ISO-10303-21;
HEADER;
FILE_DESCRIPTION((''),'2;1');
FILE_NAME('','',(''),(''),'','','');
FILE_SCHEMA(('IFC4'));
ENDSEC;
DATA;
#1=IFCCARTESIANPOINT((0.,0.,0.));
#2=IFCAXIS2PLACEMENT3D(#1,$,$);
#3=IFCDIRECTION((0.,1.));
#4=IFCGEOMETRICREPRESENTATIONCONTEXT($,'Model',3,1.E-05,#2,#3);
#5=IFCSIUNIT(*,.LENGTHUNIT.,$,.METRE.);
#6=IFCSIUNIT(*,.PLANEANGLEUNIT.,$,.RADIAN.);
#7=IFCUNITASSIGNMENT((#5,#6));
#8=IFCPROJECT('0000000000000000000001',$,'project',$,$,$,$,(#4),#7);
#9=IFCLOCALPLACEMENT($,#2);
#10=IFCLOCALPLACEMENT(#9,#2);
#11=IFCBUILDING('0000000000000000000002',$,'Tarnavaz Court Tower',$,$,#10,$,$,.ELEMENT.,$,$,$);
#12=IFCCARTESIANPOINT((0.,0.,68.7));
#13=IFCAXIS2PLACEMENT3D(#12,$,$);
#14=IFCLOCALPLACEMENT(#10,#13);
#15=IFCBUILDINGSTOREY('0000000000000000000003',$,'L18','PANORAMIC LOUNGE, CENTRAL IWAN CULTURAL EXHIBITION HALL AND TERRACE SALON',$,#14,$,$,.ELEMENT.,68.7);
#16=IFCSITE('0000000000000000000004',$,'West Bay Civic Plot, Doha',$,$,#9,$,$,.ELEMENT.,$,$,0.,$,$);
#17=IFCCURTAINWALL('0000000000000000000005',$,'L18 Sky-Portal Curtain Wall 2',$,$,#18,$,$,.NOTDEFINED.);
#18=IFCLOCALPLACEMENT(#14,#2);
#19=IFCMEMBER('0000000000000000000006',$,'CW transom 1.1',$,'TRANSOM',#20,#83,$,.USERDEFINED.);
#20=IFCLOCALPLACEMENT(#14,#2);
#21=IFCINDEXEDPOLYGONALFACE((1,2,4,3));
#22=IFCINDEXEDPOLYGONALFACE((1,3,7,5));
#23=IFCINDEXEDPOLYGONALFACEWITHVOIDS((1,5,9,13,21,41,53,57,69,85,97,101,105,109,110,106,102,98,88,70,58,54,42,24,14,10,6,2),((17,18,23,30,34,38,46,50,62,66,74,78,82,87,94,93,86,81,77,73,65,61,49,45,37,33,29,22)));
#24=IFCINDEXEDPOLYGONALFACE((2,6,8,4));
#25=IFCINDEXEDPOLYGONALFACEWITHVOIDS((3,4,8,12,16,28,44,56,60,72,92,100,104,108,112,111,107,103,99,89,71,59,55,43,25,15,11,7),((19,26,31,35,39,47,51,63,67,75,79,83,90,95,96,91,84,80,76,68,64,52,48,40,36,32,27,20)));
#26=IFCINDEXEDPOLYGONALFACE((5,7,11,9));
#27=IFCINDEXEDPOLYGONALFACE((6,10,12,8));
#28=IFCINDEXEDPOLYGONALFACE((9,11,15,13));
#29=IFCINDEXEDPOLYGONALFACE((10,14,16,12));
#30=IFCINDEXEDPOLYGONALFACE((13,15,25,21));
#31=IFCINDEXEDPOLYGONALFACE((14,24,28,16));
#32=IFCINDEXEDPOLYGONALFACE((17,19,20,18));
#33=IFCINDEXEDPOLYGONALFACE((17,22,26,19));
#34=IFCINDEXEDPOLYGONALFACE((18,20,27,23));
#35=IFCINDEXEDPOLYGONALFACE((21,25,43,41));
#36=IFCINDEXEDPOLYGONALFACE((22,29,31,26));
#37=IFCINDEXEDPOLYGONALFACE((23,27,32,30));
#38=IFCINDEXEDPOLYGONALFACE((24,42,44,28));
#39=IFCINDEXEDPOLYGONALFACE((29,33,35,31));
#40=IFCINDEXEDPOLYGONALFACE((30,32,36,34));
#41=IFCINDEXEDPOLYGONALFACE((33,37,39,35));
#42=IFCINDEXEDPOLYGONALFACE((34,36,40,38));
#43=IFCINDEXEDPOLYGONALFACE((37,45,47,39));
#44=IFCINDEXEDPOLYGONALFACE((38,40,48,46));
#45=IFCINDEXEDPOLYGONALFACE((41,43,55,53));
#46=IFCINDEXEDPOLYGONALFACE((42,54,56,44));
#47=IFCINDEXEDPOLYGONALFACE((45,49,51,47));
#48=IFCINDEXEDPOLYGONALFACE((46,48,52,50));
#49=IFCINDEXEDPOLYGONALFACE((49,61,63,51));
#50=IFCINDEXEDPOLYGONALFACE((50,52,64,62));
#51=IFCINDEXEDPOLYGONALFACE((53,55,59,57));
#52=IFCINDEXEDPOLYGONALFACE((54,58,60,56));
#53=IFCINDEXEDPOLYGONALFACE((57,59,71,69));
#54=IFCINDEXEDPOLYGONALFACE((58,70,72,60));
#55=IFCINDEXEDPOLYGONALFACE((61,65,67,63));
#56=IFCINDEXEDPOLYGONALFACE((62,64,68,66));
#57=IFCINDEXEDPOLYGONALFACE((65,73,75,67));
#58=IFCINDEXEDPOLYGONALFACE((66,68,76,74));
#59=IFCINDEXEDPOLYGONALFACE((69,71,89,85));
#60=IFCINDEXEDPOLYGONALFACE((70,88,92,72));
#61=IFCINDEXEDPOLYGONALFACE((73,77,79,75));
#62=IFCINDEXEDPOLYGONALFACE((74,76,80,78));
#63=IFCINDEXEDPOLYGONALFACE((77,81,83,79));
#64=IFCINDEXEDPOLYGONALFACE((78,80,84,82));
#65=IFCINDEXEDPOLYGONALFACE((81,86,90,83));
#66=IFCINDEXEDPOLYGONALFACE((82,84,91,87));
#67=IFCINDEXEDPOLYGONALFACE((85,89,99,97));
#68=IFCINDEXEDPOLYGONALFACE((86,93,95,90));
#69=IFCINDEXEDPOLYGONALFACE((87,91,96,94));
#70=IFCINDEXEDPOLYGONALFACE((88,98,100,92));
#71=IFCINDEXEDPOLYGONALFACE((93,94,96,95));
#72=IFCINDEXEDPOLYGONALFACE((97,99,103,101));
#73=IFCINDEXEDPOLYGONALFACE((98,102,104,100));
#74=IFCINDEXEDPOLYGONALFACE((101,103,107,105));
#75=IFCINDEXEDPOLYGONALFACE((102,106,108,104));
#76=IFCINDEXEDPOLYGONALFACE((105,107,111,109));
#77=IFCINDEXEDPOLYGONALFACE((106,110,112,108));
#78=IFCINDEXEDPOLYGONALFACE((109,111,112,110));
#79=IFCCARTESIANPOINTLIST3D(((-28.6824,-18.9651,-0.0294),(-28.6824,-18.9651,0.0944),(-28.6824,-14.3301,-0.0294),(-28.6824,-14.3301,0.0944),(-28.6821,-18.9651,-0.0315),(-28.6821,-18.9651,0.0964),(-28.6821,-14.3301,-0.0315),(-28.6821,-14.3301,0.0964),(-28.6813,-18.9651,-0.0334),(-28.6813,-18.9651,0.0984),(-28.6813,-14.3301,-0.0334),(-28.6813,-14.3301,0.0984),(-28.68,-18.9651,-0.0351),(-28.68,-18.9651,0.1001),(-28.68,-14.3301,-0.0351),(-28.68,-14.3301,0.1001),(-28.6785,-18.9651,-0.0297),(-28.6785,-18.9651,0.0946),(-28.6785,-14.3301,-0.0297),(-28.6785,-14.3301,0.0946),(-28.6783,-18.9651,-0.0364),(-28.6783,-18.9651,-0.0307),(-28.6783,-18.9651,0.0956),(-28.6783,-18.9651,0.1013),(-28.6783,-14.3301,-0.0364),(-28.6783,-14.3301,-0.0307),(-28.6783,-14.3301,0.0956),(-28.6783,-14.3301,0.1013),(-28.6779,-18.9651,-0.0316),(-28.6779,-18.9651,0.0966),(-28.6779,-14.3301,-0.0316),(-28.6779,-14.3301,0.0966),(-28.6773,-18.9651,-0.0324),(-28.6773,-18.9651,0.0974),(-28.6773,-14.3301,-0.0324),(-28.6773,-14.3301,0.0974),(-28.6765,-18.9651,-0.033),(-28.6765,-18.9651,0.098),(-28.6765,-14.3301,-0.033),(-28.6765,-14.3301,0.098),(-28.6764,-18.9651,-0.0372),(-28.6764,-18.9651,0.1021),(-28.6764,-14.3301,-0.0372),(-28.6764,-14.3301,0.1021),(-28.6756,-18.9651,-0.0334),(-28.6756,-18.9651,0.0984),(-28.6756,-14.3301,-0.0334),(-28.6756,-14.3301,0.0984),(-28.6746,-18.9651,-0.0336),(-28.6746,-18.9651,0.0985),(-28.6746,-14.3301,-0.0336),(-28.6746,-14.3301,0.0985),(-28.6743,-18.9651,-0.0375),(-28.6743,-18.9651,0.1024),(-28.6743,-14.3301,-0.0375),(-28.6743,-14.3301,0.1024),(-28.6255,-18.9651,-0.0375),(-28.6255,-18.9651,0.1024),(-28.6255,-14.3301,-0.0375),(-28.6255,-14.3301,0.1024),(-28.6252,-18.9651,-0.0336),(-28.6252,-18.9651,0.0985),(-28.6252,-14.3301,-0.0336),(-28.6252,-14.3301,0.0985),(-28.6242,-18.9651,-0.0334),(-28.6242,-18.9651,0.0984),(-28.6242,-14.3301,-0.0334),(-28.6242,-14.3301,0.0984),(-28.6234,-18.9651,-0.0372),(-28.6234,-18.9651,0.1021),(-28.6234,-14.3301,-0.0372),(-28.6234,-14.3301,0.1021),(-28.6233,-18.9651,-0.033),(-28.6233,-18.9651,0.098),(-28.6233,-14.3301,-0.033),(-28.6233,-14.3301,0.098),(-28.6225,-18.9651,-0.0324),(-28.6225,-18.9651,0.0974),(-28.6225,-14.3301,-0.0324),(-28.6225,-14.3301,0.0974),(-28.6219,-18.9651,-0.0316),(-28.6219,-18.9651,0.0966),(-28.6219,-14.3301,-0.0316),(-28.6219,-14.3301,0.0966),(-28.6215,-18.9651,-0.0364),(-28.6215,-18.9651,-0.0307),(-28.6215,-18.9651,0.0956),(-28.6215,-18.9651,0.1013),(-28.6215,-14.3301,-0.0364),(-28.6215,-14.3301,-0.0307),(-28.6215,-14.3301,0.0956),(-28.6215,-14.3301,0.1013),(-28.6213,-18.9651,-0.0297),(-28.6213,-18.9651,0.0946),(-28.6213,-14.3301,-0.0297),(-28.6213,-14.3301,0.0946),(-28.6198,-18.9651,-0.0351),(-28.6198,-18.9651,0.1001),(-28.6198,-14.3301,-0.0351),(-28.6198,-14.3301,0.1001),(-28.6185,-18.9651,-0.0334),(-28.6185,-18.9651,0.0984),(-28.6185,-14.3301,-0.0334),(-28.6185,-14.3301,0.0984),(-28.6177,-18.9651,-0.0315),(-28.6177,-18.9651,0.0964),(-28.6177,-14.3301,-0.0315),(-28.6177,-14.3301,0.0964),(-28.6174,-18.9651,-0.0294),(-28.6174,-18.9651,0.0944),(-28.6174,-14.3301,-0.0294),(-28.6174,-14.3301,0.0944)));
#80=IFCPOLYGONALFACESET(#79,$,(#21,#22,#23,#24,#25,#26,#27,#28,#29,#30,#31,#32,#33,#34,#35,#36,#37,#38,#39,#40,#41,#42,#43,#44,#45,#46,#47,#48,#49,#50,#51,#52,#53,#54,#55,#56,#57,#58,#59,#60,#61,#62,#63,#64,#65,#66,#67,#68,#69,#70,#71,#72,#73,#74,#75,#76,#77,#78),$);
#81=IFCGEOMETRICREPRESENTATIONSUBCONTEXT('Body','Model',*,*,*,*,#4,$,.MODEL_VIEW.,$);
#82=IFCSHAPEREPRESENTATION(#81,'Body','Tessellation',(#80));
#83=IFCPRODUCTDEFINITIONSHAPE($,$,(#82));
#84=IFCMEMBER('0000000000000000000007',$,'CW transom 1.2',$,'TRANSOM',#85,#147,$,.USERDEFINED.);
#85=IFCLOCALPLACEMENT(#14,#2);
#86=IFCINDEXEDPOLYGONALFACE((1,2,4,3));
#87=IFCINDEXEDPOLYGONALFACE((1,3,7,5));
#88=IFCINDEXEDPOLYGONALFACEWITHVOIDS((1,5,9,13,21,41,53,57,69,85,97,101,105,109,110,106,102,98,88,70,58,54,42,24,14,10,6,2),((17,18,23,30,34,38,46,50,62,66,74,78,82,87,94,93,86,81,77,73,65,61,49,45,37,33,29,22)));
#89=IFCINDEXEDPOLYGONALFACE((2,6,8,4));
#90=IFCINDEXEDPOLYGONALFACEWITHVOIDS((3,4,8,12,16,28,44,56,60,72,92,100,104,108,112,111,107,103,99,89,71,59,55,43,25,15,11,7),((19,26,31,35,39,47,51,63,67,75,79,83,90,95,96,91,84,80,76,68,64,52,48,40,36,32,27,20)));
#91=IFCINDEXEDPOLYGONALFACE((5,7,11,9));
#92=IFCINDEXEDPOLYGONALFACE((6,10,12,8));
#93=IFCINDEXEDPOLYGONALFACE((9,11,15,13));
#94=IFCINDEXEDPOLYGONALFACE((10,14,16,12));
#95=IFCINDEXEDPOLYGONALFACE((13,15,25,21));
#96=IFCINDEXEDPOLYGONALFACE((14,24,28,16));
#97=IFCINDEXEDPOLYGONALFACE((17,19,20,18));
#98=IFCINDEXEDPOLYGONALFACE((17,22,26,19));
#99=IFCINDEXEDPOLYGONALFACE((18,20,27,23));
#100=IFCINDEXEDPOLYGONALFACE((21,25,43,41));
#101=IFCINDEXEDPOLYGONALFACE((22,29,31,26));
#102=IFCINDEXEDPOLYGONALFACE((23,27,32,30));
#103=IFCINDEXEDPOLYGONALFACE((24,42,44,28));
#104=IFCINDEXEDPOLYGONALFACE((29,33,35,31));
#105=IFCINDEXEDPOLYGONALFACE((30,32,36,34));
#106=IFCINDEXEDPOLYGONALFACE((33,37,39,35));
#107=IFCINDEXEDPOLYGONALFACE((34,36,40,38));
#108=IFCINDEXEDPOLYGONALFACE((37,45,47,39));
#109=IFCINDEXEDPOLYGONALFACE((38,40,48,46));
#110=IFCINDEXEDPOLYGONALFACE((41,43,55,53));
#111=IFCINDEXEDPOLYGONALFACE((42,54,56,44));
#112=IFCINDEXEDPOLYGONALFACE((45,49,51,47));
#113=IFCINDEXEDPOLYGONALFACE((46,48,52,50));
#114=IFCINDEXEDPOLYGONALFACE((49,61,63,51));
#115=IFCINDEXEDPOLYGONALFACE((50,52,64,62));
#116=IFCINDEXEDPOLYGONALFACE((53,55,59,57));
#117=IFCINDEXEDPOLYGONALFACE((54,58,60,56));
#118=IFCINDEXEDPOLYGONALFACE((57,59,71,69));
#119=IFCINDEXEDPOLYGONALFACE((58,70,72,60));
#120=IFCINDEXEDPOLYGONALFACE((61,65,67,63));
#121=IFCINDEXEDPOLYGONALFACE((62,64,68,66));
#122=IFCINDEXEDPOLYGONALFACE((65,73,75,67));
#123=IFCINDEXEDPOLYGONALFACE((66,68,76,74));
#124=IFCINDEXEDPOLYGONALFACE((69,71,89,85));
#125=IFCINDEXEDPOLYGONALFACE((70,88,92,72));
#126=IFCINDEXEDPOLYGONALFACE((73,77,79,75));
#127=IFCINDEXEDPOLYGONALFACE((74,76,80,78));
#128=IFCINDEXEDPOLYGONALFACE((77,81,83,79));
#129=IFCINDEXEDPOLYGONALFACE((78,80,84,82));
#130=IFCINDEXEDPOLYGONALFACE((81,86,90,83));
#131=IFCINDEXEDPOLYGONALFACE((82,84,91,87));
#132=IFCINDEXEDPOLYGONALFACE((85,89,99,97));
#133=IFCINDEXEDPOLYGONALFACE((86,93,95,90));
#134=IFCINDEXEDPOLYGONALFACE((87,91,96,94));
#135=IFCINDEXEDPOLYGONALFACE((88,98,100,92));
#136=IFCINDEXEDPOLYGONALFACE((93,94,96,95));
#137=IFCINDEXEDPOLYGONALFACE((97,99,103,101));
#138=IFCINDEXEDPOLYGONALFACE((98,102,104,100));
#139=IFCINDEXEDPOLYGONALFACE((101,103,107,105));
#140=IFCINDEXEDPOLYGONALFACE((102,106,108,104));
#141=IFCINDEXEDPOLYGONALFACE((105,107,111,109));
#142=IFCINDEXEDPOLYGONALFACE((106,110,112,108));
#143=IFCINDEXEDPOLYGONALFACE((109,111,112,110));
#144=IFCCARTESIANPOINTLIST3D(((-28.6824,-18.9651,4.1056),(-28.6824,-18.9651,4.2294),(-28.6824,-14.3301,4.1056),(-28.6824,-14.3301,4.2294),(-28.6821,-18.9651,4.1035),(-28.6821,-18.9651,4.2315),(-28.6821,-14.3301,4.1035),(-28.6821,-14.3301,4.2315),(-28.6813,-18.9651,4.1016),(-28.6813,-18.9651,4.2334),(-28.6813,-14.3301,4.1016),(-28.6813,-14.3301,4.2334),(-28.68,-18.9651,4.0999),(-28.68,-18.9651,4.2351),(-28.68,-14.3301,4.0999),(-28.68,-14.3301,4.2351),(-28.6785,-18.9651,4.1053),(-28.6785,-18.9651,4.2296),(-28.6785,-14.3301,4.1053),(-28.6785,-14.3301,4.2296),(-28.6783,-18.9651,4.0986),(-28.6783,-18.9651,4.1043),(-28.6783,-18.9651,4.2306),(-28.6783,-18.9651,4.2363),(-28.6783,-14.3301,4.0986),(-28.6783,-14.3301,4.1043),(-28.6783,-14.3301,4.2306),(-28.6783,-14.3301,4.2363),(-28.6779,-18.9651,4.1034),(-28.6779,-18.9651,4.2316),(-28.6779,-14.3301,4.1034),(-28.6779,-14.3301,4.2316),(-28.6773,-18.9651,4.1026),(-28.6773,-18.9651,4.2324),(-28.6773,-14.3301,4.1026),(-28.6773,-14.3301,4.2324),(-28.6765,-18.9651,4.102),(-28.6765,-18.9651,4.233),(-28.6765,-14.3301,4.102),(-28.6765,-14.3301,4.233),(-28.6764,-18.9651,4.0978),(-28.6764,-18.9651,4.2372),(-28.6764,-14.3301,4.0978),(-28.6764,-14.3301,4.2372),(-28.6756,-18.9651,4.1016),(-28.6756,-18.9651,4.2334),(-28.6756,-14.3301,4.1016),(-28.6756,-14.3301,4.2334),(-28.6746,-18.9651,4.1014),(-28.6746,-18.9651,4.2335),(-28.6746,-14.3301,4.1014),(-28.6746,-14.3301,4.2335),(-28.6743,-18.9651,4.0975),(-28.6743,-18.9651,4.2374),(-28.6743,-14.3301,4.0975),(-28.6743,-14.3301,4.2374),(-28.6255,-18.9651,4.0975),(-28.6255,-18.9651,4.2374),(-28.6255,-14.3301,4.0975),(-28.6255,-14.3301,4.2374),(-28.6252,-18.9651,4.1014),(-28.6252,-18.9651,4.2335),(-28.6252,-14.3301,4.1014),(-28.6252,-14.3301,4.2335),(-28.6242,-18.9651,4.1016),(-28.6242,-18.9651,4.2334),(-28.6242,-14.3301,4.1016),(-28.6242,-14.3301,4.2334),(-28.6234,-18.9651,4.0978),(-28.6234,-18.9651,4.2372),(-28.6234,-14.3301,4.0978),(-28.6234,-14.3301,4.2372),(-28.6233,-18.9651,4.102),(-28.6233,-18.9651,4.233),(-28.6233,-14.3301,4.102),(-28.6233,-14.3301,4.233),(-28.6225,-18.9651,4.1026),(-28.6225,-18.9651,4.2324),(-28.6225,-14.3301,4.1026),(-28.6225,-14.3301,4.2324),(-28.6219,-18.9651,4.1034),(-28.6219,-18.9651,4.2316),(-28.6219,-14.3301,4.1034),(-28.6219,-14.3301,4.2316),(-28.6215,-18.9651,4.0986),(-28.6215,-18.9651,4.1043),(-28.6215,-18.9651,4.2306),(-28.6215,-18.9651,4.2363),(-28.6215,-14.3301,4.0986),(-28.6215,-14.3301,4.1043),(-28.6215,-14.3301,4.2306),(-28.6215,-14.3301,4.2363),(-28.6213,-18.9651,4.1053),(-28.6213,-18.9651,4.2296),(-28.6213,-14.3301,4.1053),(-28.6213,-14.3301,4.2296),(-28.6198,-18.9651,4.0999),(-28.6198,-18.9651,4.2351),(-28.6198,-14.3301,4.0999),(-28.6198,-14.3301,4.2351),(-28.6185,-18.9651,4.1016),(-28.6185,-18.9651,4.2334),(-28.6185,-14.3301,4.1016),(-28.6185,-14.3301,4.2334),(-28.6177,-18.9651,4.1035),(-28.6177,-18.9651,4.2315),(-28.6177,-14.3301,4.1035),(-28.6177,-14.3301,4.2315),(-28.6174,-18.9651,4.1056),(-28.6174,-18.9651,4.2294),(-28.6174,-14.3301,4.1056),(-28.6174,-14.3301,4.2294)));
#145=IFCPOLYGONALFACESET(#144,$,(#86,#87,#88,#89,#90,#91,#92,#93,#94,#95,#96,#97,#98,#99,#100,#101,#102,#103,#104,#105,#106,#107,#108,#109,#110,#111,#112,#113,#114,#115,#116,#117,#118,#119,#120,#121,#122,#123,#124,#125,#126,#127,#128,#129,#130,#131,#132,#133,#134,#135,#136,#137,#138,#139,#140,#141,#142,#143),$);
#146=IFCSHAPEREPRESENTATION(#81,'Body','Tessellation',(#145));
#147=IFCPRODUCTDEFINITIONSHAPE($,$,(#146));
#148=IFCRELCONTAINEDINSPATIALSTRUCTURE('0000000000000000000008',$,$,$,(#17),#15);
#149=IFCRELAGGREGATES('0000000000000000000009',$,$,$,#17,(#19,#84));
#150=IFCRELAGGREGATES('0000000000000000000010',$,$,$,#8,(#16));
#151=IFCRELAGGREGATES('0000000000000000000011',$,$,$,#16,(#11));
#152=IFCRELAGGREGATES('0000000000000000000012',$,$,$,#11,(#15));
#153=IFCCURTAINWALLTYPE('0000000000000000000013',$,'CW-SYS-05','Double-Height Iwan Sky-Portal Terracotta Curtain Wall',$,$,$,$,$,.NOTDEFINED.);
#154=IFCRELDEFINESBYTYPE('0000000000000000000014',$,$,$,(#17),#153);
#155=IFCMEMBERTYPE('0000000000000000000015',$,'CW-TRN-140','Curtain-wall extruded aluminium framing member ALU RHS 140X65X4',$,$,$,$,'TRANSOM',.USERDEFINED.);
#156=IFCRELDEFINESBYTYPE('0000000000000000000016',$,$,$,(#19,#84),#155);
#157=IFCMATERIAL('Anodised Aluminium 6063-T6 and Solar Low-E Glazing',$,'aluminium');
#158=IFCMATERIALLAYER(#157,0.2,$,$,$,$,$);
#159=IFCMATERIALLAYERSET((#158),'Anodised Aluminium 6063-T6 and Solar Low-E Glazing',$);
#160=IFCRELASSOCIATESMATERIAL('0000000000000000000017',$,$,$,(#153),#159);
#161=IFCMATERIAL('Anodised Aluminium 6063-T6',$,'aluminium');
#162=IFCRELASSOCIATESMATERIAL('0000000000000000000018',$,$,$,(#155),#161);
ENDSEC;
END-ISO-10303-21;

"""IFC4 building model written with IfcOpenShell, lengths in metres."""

from ifc_helpers import new_model, si_unit, direction, frame, origin, origin_2d, place, context, subcontext, project, spatial, hollow_rectangle, extrude, material, layer, layer_set, material_profile, profile_set, type_object, element, aggregate, save


model = new_model("IFC4")

# Units and contexts
model_context = context("Model", 3, precision=1e-05, world=origin(), true_north=direction((0.0, 1.0)))
body_context = subcontext(model_context, "Body", "Model", "MODEL_VIEW")
ifc_project = project(units=[si_unit("LENGTHUNIT", "METRE"), si_unit("PLANEANGLEUNIT", "RADIAN")], contexts=[model_context])

# Site, building, storey
site_placement = place(None, origin())
site = spatial("IfcSite", under=ifc_project, at=site_placement, Name="West Bay Civic Plot, Doha", CompositionType="ELEMENT", RefElevation=0.0)
building_placement = place(site_placement, origin())
building = spatial("IfcBuilding", under=site, at=building_placement, Name="Tarnavaz Court Tower", CompositionType="ELEMENT")
storey_placement = place(building_placement, frame((0.0, 0.0, 68.7)))
storey = spatial("IfcBuildingStorey", under=building, at=storey_placement, Name="L18", Description="PANORAMIC LOUNGE, CENTRAL IWAN CULTURAL EXHIBITION HALL AND TERRACE SALON", CompositionType="ELEMENT", Elevation=68.7)

# Curtain wall, members
ifc_material_1 = material(Name="Anodised Aluminium 6063-T6 and Solar Low-E Glazing", Category="aluminium")
ifc_layer_1 = layer(ifc_material_1, 0.2)
ifc_layer_set_1 = layer_set([ifc_layer_1], Name="Anodised Aluminium 6063-T6 and Solar Low-E Glazing")
curtain_wall_type = type_object("IfcCurtainWallType", Name="CW-SYS-05", Description="Double-Height Iwan Sky-Portal Terracotta Curtain Wall", PredefinedType="NOTDEFINED", material=ifc_layer_set_1)
curtain_wall_placement = place(storey_placement, origin())
curtain_wall = element("IfcCurtainWall", 1, at=curtain_wall_placement, inside=storey, type_object=curtain_wall_type, Name="L18 Sky-Portal Curtain Wall 2", PredefinedType="NOTDEFINED")
ifc_material_2 = material(Name="Anodised Aluminium 6063-T6", Category="aluminium")
ifc_material_profile_1 = material_profile(ifc_material_2, hollow_rectangle(XDim=0.0649, YDim=0.1399, WallThickness=0.0039, InnerFilletRadius=0.0039, OuterFilletRadius=0.0081, at=origin_2d()), Name="ALU RHS 140X65X4")
ifc_profile_set_1 = profile_set([ifc_material_profile_1], Name="Anodised Aluminium 6063-T6")
member_type_1 = type_object("IfcMemberType", Name="CW-TRN-140", Description="Curtain-wall extruded aluminium framing member ALU RHS 140X65X4", ElementType="TRANSOM", PredefinedType="USERDEFINED", material=ifc_profile_set_1)
member_1_placement = place(storey_placement, frame((-28.6499, -18.9651, 0.0325), z_axis=(0.0, 1.0, 0.0), x_axis=(-1.0, 0.0, 0.0)))
member_1 = element("IfcMember", 2, at=member_1_placement, type_object=member_type_1, Name="CW transom 1.1", ObjectType="TRANSOM", PredefinedType="USERDEFINED", context=body_context, shape_type="SweptSolid", body=[
    extrude(hollow_rectangle(XDim=0.0649, YDim=0.1399, WallThickness=0.0039, InnerFilletRadius=0.0039, OuterFilletRadius=0.0081, at=origin_2d()), origin(), (0.0, 0.0, 1.0), 4.635),
])
member_2_placement = place(storey_placement, frame((-28.6499, -18.9651, 4.1675), z_axis=(0.0, 1.0, 0.0), x_axis=(-1.0, 0.0, 0.0)))
member_2 = element("IfcMember", 3, at=member_2_placement, type_object=member_type_1, Name="CW transom 1.2", ObjectType="TRANSOM", PredefinedType="USERDEFINED", context=body_context, shape_type="SweptSolid", body=[
    extrude(hollow_rectangle(XDim=0.0649, YDim=0.1399, WallThickness=0.0039, InnerFilletRadius=0.0039, OuterFilletRadius=0.0081, at=origin_2d()), origin(), (0.0, 0.0, 1.0), 4.635),
])
aggregate(curtain_wall, [member_1, member_2])

save(model, "model.ifc")
